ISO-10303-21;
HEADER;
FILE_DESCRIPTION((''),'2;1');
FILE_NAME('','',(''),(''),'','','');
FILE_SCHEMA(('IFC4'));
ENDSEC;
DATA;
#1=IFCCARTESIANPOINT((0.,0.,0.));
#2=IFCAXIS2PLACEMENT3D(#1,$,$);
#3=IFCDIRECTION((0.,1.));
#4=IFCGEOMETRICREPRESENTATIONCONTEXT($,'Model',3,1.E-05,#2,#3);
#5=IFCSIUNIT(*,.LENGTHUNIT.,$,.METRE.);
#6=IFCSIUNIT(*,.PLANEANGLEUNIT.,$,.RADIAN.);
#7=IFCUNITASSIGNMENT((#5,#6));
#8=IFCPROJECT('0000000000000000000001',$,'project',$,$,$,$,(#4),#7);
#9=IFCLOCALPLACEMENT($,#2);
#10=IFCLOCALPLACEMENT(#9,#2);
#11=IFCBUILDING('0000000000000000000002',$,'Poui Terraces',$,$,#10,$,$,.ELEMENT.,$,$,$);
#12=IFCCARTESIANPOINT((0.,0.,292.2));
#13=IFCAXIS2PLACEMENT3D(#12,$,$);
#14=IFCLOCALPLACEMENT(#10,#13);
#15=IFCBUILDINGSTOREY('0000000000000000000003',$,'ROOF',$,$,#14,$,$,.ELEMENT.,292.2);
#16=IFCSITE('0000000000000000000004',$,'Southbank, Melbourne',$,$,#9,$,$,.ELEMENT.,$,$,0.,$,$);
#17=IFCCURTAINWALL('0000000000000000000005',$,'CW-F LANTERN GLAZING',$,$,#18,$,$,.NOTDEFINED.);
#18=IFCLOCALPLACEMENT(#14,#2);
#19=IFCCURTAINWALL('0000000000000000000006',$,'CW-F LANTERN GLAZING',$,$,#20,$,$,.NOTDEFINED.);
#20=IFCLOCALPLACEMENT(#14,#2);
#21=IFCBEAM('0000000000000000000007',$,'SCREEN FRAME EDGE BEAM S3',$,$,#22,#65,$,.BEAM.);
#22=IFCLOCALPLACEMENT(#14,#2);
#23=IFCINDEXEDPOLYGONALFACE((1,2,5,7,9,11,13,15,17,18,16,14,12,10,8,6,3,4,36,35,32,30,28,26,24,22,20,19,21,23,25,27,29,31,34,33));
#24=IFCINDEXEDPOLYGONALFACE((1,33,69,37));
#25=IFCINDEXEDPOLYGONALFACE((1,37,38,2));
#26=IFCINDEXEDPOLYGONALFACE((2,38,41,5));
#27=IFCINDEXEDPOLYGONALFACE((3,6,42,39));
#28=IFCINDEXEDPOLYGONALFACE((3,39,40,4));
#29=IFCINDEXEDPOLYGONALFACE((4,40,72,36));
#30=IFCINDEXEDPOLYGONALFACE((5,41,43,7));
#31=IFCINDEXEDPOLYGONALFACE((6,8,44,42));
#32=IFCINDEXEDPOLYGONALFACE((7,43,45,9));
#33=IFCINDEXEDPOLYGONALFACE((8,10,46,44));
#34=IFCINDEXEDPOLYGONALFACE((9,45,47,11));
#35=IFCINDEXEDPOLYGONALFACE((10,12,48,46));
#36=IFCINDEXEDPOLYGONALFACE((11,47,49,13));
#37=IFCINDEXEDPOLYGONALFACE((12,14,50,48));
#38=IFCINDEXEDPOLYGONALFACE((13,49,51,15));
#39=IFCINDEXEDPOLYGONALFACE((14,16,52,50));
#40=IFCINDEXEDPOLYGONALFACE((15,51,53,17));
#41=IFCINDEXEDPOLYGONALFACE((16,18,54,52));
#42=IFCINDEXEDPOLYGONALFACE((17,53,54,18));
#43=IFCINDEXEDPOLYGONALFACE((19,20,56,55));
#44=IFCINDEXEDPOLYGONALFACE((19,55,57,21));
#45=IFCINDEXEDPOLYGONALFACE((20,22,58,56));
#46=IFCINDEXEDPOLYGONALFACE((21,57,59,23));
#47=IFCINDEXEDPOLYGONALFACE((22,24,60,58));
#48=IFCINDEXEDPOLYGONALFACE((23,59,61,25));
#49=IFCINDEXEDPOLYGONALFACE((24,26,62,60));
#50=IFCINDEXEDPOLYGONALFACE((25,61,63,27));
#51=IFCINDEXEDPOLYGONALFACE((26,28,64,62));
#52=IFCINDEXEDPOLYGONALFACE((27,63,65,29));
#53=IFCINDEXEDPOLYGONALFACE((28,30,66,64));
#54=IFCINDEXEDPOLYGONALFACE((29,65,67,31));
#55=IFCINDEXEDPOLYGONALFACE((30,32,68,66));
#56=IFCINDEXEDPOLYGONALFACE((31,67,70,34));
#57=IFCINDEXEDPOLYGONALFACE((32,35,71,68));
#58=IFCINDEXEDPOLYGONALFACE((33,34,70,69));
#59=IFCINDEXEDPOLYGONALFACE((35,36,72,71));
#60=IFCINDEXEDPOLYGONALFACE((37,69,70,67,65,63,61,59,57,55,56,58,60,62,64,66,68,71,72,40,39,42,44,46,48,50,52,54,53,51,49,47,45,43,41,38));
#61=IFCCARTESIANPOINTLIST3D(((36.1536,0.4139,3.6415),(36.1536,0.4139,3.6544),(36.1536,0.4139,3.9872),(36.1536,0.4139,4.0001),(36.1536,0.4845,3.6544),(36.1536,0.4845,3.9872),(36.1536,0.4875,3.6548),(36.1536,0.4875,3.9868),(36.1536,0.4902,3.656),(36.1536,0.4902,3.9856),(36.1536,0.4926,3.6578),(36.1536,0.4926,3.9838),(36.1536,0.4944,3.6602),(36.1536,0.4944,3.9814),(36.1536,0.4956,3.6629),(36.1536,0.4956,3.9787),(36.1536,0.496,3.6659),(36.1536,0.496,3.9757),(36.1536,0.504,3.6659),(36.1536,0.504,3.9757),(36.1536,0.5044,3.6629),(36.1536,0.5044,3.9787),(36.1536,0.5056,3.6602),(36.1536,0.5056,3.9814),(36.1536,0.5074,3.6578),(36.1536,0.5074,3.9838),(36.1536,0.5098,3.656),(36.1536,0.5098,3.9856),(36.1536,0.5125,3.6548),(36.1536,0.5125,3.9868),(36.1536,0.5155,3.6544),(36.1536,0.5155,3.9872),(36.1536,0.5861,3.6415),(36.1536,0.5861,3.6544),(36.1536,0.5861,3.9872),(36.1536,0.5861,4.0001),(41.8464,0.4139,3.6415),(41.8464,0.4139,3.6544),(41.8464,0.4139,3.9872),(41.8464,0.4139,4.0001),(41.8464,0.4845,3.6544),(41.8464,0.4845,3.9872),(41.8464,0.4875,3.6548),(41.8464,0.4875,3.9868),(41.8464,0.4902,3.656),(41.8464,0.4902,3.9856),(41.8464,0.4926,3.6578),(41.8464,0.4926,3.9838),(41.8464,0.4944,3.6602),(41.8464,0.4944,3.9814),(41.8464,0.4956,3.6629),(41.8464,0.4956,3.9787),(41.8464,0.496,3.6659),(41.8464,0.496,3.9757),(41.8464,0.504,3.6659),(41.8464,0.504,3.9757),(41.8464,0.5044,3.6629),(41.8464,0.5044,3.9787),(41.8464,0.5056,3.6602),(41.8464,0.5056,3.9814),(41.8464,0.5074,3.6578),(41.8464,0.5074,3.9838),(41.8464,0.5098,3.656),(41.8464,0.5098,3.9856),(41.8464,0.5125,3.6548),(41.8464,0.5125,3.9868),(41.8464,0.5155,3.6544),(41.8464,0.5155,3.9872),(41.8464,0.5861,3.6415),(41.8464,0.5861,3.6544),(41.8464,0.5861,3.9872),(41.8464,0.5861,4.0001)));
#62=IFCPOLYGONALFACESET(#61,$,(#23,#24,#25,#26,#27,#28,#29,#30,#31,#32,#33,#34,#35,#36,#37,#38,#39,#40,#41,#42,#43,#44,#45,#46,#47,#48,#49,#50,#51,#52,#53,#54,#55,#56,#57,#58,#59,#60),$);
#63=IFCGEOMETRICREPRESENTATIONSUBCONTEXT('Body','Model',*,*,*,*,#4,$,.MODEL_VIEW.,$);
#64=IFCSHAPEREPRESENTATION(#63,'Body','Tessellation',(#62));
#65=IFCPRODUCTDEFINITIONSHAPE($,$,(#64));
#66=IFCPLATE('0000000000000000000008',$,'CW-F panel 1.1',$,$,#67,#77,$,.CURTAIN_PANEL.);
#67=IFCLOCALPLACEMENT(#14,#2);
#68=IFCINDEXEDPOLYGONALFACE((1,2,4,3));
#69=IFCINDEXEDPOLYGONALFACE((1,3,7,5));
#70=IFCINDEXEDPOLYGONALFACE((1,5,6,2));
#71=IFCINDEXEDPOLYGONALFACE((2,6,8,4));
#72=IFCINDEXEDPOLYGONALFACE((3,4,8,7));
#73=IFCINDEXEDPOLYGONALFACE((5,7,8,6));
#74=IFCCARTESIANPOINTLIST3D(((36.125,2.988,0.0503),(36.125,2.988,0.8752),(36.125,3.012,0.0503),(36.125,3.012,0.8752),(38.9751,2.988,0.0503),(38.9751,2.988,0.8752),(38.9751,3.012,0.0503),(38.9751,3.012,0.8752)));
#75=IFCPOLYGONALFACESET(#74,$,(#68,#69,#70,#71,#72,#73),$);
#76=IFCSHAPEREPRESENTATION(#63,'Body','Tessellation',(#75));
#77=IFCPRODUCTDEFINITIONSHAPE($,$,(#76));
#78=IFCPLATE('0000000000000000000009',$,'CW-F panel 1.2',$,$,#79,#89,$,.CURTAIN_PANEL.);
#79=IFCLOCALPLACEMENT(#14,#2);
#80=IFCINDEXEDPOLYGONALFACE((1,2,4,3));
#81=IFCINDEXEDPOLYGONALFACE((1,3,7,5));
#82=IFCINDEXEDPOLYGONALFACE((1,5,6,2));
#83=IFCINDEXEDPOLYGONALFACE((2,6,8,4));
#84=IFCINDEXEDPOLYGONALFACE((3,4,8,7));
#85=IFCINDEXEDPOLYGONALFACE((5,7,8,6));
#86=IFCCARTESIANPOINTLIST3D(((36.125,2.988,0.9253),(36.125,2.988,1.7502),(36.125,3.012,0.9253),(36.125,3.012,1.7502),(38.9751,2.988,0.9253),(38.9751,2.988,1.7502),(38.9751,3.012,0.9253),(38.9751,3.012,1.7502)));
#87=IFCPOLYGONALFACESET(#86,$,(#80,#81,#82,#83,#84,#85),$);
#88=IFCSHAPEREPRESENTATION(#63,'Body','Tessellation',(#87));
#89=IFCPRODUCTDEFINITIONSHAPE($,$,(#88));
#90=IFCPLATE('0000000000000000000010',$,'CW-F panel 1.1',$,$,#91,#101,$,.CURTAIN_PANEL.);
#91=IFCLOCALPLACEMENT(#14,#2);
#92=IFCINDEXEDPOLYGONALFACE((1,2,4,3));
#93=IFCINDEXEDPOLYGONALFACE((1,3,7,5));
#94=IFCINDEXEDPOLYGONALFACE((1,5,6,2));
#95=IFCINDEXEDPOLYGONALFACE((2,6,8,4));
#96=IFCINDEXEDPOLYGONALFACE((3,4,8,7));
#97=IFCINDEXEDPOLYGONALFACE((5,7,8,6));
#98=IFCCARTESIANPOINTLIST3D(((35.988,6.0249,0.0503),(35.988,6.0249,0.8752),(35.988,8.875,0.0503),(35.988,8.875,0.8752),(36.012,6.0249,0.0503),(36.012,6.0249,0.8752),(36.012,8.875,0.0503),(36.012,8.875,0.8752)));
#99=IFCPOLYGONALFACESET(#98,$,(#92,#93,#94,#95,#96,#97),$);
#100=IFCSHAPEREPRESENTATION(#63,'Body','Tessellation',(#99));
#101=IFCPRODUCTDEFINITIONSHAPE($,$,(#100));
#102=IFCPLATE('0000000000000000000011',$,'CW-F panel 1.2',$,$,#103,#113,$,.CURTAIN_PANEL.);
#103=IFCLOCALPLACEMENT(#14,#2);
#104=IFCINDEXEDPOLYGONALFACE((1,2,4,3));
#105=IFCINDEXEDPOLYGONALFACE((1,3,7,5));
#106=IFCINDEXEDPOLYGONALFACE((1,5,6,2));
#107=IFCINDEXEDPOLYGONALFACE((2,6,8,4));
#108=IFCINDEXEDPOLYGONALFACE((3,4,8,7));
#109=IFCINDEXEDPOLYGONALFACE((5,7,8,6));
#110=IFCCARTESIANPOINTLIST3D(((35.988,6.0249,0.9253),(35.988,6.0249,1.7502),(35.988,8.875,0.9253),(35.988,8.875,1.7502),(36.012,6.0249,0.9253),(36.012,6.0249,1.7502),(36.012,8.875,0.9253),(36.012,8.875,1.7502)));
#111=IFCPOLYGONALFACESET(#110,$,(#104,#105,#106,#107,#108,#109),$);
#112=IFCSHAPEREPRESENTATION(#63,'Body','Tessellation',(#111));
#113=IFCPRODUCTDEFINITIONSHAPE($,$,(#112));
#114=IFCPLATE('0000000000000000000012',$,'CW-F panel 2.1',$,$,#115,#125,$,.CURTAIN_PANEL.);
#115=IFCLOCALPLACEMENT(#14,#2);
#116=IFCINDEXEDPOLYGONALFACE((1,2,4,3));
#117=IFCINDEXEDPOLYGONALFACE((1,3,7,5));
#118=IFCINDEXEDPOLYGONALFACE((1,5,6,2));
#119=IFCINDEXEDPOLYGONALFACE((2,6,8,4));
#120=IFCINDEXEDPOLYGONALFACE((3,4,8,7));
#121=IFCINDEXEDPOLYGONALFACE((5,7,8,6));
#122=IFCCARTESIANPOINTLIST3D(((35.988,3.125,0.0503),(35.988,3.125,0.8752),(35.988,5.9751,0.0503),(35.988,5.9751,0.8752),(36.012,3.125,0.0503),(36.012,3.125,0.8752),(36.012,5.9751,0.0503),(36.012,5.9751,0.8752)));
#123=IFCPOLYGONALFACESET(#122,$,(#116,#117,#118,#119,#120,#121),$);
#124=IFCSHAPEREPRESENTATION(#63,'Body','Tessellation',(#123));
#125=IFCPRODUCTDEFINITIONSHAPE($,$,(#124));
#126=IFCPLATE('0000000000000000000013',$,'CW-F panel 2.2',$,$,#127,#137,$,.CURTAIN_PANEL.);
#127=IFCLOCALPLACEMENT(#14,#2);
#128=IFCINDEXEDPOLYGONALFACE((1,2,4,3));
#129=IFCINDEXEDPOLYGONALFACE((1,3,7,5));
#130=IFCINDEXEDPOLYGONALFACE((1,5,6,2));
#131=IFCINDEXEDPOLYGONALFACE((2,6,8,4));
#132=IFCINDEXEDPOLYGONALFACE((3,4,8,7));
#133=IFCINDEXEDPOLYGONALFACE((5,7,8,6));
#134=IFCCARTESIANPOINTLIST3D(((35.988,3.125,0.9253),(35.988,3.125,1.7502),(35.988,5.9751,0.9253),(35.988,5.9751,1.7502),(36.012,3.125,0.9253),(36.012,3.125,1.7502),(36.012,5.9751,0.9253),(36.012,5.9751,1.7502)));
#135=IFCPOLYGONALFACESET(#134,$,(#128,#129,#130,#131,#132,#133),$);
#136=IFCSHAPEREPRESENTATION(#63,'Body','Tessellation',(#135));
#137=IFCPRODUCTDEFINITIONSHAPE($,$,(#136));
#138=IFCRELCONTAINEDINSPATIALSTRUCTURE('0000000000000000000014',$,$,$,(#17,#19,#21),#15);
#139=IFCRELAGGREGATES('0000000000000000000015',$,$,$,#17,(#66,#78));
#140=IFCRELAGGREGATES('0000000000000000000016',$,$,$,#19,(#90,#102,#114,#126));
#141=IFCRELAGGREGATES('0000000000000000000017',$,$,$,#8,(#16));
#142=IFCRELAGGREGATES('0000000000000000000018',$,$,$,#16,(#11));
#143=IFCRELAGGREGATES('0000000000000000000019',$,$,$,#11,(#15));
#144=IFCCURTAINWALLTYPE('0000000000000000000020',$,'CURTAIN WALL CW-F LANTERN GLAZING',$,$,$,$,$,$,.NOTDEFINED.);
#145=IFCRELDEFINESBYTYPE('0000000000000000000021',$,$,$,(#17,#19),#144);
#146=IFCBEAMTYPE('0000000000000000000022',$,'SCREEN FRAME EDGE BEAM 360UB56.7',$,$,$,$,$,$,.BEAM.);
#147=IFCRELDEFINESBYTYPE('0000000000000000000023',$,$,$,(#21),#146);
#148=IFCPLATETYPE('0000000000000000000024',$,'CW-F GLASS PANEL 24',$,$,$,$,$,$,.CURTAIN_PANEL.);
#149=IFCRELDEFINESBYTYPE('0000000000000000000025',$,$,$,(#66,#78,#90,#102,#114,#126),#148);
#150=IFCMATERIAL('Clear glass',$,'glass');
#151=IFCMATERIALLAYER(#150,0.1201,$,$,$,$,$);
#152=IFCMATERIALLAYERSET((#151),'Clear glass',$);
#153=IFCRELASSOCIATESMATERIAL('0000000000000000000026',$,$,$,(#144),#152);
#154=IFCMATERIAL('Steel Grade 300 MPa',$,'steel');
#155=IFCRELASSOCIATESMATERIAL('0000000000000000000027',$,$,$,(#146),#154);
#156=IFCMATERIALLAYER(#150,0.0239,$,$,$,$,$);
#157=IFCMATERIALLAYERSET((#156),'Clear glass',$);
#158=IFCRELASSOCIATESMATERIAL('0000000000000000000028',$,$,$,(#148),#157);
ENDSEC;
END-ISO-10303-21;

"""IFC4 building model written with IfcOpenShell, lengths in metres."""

from ifc_helpers import new_model, si_unit, direction, frame, origin, origin_2d, place, context, subcontext, project, spatial, rectangle, i_section, extrude, source, transform, mapped, material, layer, layer_set, material_profile, profile_set, type_object, element, aggregate, save


model = new_model("IFC4")

# Units and contexts
model_context = context("Model", 3, precision=1e-05, world=origin(), true_north=direction((0.0, 1.0)))
body_context = subcontext(model_context, "Body", "Model", "MODEL_VIEW")
ifc_project = project(units=[si_unit("LENGTHUNIT", "METRE"), si_unit("PLANEANGLEUNIT", "RADIAN")], contexts=[model_context])

# Site, building, storey
site_placement = place(None, origin())
site = spatial("IfcSite", under=ifc_project, at=site_placement, Name="Southbank, Melbourne", CompositionType="ELEMENT", RefElevation=0.0)
building_placement = place(site_placement, origin())
building = spatial("IfcBuilding", under=site, at=building_placement, Name="Poui Terraces", CompositionType="ELEMENT")
storey_placement = place(building_placement, frame((0.0, 0.0, 292.2)))
storey = spatial("IfcBuildingStorey", under=building, at=storey_placement, Name="ROOF", CompositionType="ELEMENT", Elevation=292.2)

# Shared definitions
ifc_material_1 = material(Name="Steel Grade 300 MPa", Category="steel")

# Curtain walls
ifc_material_2 = material(Name="Clear glass", Category="glass")
ifc_layer_1 = layer(ifc_material_2, 0.1201)
ifc_layer_set_1 = layer_set([ifc_layer_1], Name="Clear glass")
curtain_wall_type = type_object("IfcCurtainWallType", Name="CURTAIN WALL CW-F LANTERN GLAZING", PredefinedType="NOTDEFINED", material=ifc_layer_set_1)
curtain_wall_1_placement = place(storey_placement, origin())
curtain_wall_1 = element("IfcCurtainWall", 1, at=curtain_wall_1_placement, inside=storey, type_object=curtain_wall_type, Name="CW-F LANTERN GLAZING", PredefinedType="NOTDEFINED")
curtain_wall_2_placement = place(storey_placement, origin())
curtain_wall_2 = element("IfcCurtainWall", 2, at=curtain_wall_2_placement, inside=storey, type_object=curtain_wall_type, Name="CW-F LANTERN GLAZING", PredefinedType="NOTDEFINED")

# Beam
ifc_material_profile_1 = material_profile(ifc_material_1, i_section(OverallWidth=0.1721, OverallDepth=0.3586, WebThickness=0.0081, FlangeThickness=0.0129, FilletRadius=0.0115, at=origin_2d()), Name="360UB56.7")
ifc_profile_set_1 = profile_set([ifc_material_profile_1], Name="Steel Grade 300 MPa")
beam_type = type_object("IfcBeamType", Name="SCREEN FRAME EDGE BEAM 360UB56.7", PredefinedType="BEAM", material=ifc_profile_set_1)
shared_shape_1 = source(origin(), body_context, "Body", "SweptSolid", [
    extrude(i_section(OverallWidth=0.1721, OverallDepth=0.3586, WebThickness=0.0081, FlangeThickness=0.0129, FilletRadius=0.0115, at=origin_2d()), origin(), (0.0, 0.0, 1.0), 5.6929),
])
beam_placement = place(storey_placement, frame((36.1536, 0.5, 3.8208), z_axis=(1.0, 0.0, 0.0), x_axis=(0.0, 1.0, 0.0)))
element("IfcBeam", 3, at=beam_placement, inside=storey, type_object=beam_type, Name="SCREEN FRAME EDGE BEAM S3", PredefinedType="BEAM", context=body_context, shape_type="MappedRepresentation", body=[
    mapped(shared_shape_1, transform((0.0, 0.0, 0.0))),
])

# Plates
ifc_layer_2 = layer(ifc_material_2, 0.0239)
ifc_layer_set_2 = layer_set([ifc_layer_2], Name="Clear glass")
plate_type = type_object("IfcPlateType", Name="CW-F GLASS PANEL 24", PredefinedType="CURTAIN_PANEL", material=ifc_layer_set_2)
plate_1_placement = place(storey_placement, frame((37.55, 3.0, 0.0503), z_axis=(0.0, 0.0, 1.0), x_axis=(1.0, 0.0, 0.0)))
plate_1 = element("IfcPlate", 4, at=plate_1_placement, type_object=plate_type, Name="CW-F panel 1.1", PredefinedType="CURTAIN_PANEL", context=body_context, shape_type="SweptSolid", body=[
    extrude(rectangle(XDim=2.8501, YDim=0.0239, at=origin_2d()), origin(), (0.0, 0.0, 1.0), 0.825),
])
plate_2_placement = place(storey_placement, frame((37.55, 3.0, 0.9253), z_axis=(0.0, 0.0, 1.0), x_axis=(1.0, 0.0, 0.0)))
plate_2 = element("IfcPlate", 5, at=plate_2_placement, type_object=plate_type, Name="CW-F panel 1.2", PredefinedType="CURTAIN_PANEL", context=body_context, shape_type="SweptSolid", body=[
    extrude(rectangle(XDim=2.8501, YDim=0.0239, at=origin_2d()), origin(), (0.0, 0.0, 1.0), 0.825),
])
aggregate(curtain_wall_1, [plate_1, plate_2])
plate_3_placement = place(storey_placement, frame((36.0, 7.45, 0.0503), z_axis=(0.0, 0.0, 1.0), x_axis=(0.0, -1.0, 0.0)))
plate_3 = element("IfcPlate", 6, at=plate_3_placement, type_object=plate_type, Name="CW-F panel 1.1", PredefinedType="CURTAIN_PANEL", context=body_context, shape_type="SweptSolid", body=[
    extrude(rectangle(XDim=2.8501, YDim=0.0239, at=origin_2d()), origin(), (0.0, 0.0, 1.0), 0.825),
])
plate_4_placement = place(storey_placement, frame((36.0, 7.45, 0.9253), z_axis=(0.0, 0.0, 1.0), x_axis=(0.0, -1.0, 0.0)))
plate_4 = element("IfcPlate", 7, at=plate_4_placement, type_object=plate_type, Name="CW-F panel 1.2", PredefinedType="CURTAIN_PANEL", context=body_context, shape_type="SweptSolid", body=[
    extrude(rectangle(XDim=2.8501, YDim=0.0239, at=origin_2d()), origin(), (0.0, 0.0, 1.0), 0.825),
])
plate_5_placement = place(storey_placement, frame((36.0, 4.55, 0.0503), z_axis=(0.0, 0.0, 1.0), x_axis=(0.0, -1.0, 0.0)))
plate_5 = element("IfcPlate", 8, at=plate_5_placement, type_object=plate_type, Name="CW-F panel 2.1", PredefinedType="CURTAIN_PANEL", context=body_context, shape_type="SweptSolid", body=[
    extrude(rectangle(XDim=2.8501, YDim=0.0239, at=origin_2d()), origin(), (0.0, 0.0, 1.0), 0.825),
])
plate_6_placement = place(storey_placement, frame((36.0, 4.55, 0.9253), z_axis=(0.0, 0.0, 1.0), x_axis=(0.0, -1.0, 0.0)))
plate_6 = element("IfcPlate", 9, at=plate_6_placement, type_object=plate_type, Name="CW-F panel 2.2", PredefinedType="CURTAIN_PANEL", context=body_context, shape_type="SweptSolid", body=[
    extrude(rectangle(XDim=2.8501, YDim=0.0239, at=origin_2d()), origin(), (0.0, 0.0, 1.0), 0.825),
])
aggregate(curtain_wall_2, [plate_3, plate_4, plate_5, plate_6])

save(model, "model.ifc")
